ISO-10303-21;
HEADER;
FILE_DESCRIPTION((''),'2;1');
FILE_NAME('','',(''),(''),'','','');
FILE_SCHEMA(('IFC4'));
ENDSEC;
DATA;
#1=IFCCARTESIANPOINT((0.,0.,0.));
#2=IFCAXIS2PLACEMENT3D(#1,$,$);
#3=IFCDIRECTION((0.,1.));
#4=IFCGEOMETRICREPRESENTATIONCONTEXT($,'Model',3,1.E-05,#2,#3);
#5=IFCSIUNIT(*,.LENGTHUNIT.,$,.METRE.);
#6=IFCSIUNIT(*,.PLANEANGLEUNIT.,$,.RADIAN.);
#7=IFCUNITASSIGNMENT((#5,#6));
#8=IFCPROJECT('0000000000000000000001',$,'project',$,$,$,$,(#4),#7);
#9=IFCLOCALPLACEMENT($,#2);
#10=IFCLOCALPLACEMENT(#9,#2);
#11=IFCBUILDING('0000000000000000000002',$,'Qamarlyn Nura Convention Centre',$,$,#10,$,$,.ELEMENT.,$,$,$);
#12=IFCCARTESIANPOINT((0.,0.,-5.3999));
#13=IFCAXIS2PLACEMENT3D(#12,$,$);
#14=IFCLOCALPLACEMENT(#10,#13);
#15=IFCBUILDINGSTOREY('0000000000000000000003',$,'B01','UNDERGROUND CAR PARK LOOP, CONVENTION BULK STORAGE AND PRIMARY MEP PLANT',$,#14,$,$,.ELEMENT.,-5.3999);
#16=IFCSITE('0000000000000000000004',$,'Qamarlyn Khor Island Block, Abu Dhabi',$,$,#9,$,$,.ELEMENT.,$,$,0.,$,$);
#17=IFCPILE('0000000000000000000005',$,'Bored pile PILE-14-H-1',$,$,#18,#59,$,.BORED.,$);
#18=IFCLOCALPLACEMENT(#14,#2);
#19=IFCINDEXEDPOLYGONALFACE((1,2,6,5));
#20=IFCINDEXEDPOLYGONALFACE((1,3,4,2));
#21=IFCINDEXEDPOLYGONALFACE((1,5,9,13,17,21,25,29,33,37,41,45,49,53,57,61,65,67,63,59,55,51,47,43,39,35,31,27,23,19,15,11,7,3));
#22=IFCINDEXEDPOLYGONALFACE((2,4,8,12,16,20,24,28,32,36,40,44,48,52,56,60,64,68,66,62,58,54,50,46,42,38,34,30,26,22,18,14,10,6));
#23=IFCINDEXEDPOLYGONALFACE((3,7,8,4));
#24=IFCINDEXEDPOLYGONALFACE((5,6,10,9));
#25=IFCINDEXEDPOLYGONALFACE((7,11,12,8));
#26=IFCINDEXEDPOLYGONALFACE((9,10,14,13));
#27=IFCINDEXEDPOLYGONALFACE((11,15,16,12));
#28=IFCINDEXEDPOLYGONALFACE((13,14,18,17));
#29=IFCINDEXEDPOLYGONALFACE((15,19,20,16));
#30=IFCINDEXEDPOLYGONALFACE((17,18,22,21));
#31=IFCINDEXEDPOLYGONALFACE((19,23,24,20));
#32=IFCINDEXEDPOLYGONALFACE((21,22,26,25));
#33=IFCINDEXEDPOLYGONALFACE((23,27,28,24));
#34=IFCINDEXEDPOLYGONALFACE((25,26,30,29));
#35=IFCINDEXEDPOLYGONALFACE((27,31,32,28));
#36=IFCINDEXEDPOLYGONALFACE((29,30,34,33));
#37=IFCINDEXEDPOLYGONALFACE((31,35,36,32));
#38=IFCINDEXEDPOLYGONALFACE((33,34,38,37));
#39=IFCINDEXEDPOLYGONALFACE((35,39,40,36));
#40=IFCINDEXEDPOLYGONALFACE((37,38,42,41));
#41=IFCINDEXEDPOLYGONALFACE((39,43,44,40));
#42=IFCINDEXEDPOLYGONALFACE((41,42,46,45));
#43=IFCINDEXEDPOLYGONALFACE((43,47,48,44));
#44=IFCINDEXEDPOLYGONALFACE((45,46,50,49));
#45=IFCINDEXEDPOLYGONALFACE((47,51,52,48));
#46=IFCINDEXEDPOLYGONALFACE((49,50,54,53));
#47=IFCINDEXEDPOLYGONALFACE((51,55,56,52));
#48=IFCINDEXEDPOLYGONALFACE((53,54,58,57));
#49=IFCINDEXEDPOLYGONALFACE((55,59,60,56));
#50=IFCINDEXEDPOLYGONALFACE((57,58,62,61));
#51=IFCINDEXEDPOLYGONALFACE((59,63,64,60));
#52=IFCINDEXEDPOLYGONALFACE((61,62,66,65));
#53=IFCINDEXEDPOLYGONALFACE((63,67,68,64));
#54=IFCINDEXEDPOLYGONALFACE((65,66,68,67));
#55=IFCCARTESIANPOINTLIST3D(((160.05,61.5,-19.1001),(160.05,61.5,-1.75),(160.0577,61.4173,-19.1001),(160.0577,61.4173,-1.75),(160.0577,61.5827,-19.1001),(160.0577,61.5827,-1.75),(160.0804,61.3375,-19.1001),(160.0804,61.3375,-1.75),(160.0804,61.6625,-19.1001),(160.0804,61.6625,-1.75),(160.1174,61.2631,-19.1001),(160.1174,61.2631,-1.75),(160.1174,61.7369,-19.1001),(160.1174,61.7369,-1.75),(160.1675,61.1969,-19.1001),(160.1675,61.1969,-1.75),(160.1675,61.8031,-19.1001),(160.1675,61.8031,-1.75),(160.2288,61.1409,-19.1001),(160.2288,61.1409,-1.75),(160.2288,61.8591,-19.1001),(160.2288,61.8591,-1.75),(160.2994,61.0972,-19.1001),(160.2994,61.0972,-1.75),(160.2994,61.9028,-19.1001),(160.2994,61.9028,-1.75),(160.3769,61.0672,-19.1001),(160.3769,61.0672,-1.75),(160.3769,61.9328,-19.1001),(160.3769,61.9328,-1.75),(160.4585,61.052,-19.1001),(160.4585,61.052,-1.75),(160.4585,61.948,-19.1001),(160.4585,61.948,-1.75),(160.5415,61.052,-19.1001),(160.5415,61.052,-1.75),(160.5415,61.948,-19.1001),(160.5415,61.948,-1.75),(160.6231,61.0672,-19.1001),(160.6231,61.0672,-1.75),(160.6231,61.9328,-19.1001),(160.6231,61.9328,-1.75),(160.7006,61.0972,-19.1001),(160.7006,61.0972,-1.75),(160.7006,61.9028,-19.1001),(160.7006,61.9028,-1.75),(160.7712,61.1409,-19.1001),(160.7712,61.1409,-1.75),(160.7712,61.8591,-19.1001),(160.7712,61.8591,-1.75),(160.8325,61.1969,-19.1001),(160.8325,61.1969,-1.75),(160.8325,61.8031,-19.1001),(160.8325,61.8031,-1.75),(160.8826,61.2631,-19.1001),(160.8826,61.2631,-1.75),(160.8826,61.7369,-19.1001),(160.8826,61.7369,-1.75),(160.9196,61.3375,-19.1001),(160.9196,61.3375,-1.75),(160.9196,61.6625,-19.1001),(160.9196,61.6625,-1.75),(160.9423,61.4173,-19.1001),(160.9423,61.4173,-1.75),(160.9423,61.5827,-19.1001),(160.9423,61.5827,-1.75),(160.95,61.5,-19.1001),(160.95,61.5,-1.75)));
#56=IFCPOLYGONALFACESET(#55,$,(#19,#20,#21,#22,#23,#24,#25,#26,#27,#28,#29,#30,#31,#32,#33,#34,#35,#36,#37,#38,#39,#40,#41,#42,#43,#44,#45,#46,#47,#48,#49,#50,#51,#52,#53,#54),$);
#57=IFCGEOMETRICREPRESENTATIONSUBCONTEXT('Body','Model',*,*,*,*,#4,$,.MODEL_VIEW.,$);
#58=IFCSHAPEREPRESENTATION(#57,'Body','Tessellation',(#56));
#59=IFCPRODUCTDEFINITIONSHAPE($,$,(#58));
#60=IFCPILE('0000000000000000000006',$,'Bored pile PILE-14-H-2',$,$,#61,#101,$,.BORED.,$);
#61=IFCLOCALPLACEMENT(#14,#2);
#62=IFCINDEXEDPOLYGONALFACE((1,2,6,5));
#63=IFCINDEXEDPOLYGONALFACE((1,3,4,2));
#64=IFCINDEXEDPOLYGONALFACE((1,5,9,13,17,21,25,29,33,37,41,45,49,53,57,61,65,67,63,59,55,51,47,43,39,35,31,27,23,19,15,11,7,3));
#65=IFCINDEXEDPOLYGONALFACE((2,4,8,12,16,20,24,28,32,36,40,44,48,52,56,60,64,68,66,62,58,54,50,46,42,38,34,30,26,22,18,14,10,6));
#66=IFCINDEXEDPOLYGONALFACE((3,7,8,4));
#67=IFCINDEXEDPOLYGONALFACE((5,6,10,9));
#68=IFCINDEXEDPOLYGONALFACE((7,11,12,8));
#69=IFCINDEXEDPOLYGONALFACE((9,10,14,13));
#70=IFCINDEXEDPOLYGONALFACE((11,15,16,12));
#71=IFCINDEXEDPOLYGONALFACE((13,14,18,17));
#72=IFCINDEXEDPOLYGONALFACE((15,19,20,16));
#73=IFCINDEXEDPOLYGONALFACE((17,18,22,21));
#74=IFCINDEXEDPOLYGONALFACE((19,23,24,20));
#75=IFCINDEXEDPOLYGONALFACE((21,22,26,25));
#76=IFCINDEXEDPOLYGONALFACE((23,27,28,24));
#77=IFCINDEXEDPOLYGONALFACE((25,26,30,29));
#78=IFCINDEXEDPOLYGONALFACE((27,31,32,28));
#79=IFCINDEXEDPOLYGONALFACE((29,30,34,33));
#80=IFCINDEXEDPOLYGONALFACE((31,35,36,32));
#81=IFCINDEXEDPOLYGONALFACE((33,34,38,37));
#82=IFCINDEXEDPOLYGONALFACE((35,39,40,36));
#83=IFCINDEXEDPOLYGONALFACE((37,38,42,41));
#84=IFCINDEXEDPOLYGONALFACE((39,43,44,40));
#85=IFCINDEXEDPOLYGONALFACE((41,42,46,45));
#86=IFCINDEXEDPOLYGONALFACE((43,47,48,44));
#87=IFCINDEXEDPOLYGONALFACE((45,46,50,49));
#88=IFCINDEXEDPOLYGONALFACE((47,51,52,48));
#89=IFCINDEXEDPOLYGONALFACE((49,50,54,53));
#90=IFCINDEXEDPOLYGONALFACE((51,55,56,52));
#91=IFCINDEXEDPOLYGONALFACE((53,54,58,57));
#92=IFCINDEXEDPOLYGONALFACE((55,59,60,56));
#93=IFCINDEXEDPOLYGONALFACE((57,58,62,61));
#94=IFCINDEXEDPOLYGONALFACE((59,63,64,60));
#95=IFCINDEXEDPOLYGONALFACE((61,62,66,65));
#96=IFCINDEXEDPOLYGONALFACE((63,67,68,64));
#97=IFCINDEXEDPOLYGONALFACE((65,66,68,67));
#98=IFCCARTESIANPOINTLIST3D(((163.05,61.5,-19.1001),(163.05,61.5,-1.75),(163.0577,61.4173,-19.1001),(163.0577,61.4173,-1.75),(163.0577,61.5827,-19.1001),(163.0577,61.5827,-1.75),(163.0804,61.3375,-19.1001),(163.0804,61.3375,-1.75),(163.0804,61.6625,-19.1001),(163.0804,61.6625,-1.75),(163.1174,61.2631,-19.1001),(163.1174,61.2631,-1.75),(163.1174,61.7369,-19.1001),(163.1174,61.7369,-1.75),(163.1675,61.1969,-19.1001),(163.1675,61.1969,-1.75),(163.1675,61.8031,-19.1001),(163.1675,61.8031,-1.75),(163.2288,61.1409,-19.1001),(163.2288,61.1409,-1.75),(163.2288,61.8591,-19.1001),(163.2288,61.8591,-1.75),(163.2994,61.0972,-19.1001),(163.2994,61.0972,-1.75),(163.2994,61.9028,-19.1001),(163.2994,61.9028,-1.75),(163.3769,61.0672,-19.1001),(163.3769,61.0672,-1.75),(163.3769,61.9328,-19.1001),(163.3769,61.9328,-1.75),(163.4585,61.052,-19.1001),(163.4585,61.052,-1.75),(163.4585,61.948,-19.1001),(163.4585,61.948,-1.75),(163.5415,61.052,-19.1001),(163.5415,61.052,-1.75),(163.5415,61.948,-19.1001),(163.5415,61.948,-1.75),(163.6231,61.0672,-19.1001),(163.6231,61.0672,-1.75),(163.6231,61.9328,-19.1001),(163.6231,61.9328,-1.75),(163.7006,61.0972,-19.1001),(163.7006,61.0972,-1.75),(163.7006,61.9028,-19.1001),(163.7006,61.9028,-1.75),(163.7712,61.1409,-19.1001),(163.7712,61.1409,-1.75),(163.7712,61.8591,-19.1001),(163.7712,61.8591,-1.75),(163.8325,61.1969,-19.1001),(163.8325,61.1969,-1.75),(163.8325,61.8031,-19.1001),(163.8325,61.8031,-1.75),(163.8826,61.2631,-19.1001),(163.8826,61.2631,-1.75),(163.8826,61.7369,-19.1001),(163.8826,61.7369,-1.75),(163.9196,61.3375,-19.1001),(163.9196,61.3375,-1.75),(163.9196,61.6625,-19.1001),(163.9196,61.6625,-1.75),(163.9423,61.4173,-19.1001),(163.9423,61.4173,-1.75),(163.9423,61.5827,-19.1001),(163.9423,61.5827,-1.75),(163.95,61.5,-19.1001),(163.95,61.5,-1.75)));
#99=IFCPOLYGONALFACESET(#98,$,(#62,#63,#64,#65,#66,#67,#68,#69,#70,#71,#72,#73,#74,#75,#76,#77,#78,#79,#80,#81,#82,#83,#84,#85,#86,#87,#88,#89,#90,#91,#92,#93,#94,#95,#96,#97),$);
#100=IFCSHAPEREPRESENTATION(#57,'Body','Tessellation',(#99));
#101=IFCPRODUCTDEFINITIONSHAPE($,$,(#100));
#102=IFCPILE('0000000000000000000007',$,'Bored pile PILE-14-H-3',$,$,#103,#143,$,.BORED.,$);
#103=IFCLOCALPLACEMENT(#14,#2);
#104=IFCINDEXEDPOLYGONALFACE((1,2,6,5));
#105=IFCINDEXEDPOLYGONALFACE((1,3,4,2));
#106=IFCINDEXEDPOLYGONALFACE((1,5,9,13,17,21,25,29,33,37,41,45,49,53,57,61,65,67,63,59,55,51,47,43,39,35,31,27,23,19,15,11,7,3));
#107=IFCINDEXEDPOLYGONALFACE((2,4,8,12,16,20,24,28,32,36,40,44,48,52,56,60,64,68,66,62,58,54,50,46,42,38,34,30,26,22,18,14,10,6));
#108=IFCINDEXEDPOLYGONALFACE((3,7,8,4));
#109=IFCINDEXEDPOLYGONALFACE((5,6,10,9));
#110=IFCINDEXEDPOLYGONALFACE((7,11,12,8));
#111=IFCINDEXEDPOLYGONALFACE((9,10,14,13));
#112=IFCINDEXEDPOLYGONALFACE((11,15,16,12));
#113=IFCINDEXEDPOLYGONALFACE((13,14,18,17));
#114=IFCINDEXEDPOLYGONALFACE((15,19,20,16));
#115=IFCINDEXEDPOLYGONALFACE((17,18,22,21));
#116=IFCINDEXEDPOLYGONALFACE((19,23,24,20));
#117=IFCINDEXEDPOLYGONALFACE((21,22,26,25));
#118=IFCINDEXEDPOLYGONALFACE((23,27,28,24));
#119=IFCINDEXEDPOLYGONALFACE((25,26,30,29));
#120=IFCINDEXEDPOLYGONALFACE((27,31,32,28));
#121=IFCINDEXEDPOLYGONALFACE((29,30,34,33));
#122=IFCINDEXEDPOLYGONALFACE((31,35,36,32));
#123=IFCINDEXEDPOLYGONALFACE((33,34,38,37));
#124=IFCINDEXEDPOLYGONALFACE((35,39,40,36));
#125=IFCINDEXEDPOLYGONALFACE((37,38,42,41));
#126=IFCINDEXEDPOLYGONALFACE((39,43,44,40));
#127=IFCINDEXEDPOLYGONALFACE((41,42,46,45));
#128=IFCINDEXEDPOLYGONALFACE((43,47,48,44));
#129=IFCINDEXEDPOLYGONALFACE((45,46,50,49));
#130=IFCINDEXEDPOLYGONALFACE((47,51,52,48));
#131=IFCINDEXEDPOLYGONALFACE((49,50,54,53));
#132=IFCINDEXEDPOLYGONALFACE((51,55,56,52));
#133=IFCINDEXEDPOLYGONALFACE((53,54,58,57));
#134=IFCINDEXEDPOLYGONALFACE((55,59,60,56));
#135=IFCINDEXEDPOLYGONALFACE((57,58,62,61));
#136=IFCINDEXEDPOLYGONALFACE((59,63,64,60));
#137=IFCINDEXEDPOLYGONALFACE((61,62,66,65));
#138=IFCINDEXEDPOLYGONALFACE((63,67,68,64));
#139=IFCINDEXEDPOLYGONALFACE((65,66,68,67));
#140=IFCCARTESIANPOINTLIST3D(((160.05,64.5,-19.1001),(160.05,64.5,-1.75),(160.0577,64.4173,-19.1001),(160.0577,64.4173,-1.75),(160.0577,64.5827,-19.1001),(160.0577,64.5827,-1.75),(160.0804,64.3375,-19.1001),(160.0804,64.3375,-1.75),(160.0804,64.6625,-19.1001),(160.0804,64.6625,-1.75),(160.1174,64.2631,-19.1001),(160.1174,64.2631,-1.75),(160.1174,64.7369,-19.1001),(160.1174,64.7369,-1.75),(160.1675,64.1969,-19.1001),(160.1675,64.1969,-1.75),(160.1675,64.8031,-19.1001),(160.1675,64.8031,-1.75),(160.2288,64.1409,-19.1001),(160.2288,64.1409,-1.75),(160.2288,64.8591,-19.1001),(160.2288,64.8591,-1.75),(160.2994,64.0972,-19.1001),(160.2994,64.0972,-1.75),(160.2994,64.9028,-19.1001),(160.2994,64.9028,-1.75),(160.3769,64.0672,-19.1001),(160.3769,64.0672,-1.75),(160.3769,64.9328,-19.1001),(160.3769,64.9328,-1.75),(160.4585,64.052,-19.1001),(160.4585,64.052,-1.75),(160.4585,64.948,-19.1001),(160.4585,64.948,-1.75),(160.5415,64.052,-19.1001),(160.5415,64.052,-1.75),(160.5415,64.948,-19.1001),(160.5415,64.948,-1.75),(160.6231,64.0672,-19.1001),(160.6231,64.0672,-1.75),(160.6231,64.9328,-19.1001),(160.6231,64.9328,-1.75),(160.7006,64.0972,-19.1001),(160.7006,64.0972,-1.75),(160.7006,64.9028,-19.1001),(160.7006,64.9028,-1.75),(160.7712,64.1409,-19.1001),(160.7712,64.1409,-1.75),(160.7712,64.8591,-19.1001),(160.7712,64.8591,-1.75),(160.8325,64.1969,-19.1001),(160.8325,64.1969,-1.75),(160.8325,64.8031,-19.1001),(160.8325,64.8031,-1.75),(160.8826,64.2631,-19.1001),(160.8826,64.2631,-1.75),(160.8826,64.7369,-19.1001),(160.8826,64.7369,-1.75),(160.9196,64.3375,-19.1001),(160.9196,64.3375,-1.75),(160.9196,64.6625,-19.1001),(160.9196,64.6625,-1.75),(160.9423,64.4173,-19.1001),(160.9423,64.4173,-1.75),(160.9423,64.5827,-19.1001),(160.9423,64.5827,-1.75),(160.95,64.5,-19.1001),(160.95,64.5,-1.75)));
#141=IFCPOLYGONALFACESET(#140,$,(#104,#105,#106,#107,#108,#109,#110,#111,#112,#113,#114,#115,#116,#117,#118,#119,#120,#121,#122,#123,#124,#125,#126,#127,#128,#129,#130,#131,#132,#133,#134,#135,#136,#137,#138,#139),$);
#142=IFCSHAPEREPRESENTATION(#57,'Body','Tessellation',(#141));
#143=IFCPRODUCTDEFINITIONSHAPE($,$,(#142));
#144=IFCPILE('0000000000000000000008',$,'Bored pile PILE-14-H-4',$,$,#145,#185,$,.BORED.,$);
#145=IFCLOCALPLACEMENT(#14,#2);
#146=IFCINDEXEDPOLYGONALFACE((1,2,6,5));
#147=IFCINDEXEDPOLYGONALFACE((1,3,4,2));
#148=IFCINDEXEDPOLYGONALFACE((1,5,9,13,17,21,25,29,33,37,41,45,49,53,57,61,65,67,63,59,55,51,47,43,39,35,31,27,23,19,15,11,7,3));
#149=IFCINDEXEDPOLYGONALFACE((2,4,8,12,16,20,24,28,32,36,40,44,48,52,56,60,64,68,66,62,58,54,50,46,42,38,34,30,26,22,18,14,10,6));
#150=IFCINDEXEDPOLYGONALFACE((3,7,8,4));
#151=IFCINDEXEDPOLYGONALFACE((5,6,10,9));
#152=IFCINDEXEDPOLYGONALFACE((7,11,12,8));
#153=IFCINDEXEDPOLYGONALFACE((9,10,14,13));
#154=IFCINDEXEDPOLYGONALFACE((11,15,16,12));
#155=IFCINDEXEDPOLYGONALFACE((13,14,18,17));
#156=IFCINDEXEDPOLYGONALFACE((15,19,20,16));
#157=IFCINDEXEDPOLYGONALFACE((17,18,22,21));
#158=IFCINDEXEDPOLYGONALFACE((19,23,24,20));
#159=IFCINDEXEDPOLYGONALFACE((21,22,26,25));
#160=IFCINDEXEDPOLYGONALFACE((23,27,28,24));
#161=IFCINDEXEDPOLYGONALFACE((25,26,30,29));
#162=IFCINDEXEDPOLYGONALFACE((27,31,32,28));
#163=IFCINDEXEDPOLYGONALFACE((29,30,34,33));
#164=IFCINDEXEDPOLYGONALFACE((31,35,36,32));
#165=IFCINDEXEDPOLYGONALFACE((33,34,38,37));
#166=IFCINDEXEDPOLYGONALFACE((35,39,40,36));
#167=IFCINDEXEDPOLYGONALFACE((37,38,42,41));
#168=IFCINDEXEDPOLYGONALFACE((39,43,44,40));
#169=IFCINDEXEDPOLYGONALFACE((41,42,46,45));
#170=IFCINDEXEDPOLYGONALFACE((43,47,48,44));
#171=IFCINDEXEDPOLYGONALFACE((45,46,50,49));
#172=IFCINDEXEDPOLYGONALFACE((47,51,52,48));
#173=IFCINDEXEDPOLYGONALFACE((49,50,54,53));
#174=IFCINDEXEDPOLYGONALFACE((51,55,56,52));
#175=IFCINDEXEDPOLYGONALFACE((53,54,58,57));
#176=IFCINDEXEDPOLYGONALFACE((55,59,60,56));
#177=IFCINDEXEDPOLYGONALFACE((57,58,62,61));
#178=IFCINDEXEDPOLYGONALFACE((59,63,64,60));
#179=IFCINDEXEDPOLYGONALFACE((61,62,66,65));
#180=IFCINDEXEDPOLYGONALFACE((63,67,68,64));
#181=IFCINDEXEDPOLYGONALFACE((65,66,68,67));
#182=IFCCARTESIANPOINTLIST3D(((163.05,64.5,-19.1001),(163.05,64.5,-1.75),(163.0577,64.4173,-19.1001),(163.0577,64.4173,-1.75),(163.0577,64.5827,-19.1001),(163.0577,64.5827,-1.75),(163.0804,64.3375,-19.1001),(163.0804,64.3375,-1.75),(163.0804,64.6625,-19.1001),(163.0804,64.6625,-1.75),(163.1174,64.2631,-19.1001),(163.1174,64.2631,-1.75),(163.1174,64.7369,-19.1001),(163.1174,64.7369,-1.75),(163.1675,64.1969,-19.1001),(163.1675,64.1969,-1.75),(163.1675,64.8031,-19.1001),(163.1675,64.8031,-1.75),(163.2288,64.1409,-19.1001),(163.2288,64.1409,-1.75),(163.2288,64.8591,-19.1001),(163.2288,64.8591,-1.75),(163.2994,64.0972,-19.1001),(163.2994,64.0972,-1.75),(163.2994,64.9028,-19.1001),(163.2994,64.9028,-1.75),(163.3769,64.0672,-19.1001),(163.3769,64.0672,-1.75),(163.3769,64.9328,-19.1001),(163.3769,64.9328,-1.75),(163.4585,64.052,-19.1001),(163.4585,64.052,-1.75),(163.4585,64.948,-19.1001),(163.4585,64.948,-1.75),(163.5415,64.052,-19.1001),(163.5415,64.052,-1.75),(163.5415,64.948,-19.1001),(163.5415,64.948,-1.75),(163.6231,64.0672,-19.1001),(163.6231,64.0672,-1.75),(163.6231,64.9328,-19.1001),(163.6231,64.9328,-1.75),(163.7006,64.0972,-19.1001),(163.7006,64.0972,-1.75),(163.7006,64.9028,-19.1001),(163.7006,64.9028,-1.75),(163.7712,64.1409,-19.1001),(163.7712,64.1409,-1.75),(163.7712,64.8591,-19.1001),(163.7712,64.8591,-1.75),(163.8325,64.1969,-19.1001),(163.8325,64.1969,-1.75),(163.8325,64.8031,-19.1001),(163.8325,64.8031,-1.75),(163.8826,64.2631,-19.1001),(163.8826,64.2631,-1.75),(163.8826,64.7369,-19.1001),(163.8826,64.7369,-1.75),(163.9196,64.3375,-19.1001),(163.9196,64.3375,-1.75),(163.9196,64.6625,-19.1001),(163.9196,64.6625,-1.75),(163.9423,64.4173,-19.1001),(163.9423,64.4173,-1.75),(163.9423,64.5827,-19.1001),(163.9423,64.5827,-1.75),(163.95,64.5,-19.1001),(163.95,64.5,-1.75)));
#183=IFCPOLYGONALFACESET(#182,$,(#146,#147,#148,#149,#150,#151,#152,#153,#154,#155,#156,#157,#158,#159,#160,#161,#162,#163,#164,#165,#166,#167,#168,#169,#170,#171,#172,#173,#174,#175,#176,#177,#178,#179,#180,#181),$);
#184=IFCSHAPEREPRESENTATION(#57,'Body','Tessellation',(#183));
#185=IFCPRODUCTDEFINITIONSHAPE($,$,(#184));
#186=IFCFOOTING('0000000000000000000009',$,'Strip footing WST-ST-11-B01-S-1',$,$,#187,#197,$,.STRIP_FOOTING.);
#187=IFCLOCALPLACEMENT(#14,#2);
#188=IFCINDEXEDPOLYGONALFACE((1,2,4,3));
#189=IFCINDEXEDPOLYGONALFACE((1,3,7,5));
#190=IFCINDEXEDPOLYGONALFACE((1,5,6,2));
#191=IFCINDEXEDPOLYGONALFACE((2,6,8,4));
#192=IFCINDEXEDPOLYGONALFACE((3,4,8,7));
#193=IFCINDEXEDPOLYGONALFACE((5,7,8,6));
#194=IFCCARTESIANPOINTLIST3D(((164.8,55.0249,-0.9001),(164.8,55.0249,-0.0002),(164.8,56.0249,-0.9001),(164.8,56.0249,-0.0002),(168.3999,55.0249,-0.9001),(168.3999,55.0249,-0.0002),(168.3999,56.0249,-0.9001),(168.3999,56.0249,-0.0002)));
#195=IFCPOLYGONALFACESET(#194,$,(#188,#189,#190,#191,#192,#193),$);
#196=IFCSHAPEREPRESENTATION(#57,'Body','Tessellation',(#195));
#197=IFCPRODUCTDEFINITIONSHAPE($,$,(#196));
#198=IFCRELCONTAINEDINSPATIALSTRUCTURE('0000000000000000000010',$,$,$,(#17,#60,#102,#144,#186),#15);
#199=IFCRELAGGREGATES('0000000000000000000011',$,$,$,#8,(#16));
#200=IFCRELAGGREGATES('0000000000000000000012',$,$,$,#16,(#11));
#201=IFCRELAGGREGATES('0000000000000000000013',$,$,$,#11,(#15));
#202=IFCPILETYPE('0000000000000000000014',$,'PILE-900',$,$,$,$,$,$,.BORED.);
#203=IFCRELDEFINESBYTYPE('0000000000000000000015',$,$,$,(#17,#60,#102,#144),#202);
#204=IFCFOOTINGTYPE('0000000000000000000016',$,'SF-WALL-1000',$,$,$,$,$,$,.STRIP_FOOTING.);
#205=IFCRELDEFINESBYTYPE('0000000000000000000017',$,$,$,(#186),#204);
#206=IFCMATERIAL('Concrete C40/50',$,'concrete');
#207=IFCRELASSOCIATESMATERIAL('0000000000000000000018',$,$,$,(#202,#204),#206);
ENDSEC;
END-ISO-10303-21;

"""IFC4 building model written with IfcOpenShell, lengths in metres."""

from ifc_helpers import new_model, si_unit, direction, frame, origin, origin_2d, place, context, subcontext, project, spatial, rectangle, circle, extrude, material, material_profile, profile_set, type_object, element, save


model = new_model("IFC4")

# Units and contexts
model_context = context("Model", 3, precision=1e-05, world=origin(), true_north=direction((0.0, 1.0)))
body_context = subcontext(model_context, "Body", "Model", "MODEL_VIEW")
ifc_project = project(units=[si_unit("LENGTHUNIT", "METRE"), si_unit("PLANEANGLEUNIT", "RADIAN")], contexts=[model_context])

# Site, building, storey
site_placement = place(None, origin())
site = spatial("IfcSite", under=ifc_project, at=site_placement, Name="Qamarlyn Khor Island Block, Abu Dhabi", CompositionType="ELEMENT", RefElevation=0.0)
building_placement = place(site_placement, origin())
building = spatial("IfcBuilding", under=site, at=building_placement, Name="Qamarlyn Nura Convention Centre", CompositionType="ELEMENT")
storey_placement = place(building_placement, frame((0.0, 0.0, -5.3999)))
storey = spatial("IfcBuildingStorey", under=building, at=storey_placement, Name="B01", Description="UNDERGROUND CAR PARK LOOP, CONVENTION BULK STORAGE AND PRIMARY MEP PLANT", CompositionType="ELEMENT", Elevation=-5.3999)

# Shared definitions
ifc_material_1 = material(Name="Concrete C40/50", Category="concrete")

# Piles
ifc_material_profile_1 = material_profile(ifc_material_1, circle(Radius=0.45, at=origin_2d()), Name="BORED PILE 900")
ifc_profile_set_1 = profile_set([ifc_material_profile_1], Name="Concrete C40/50")
pile_type = type_object("IfcPileType", Name="PILE-900", PredefinedType="BORED", material=ifc_profile_set_1)
for number, where, z_axis, x_axis, name in (
    (1, (160.5, 61.5, -1.75), (0.0, 0.0, -1.0), (1.0, 0.0, 0.0), "Bored pile PILE-14-H-1"),
    (2, (163.5, 61.5, -1.75), (0.0, 0.0, -1.0), (1.0, 0.0, 0.0), "Bored pile PILE-14-H-2"),
    (3, (160.5, 64.5, -1.75), (0.0, 0.0, -1.0), (1.0, 0.0, 0.0), "Bored pile PILE-14-H-3"),
    (4, (163.5, 64.5, -1.75), (0.0, 0.0, -1.0), (1.0, 0.0, 0.0), "Bored pile PILE-14-H-4"),
):
    element("IfcPile", number, at=place(storey_placement, frame(where, z_axis=z_axis, x_axis=x_axis)), inside=storey, type_object=pile_type, Name=name, PredefinedType="BORED", context=body_context, shape_type="SweptSolid", body=[
        extrude(circle(Radius=0.45, at=origin_2d()), origin(), (0.0, 0.0, 1.0), 17.3501),
    ])

# Footing
ifc_material_profile_2 = material_profile(ifc_material_1, rectangle(XDim=1.0, YDim=0.8999, at=origin_2d()), Name="RC STRIP 1000x900")
ifc_profile_set_2 = profile_set([ifc_material_profile_2], Name="Concrete C40/50")
footing_type_1 = type_object("IfcFootingType", Name="SF-WALL-1000", PredefinedType="STRIP_FOOTING", material=ifc_profile_set_2)
footing_1_placement = place(storey_placement, frame((164.8, 55.5249, -0.4502), z_axis=(1.0, 0.0, 0.0), x_axis=(0.0, 1.0, 0.0)))
element("IfcFooting", 5, at=footing_1_placement, inside=storey, type_object=footing_type_1, Name="Strip footing WST-ST-11-B01-S-1", PredefinedType="STRIP_FOOTING", context=body_context, shape_type="SweptSolid", body=[
    extrude(rectangle(XDim=1.0, YDim=0.8999, at=origin_2d()), origin(), (0.0, 0.0, 1.0), 3.5999),
])

save(model, "model.ifc")
